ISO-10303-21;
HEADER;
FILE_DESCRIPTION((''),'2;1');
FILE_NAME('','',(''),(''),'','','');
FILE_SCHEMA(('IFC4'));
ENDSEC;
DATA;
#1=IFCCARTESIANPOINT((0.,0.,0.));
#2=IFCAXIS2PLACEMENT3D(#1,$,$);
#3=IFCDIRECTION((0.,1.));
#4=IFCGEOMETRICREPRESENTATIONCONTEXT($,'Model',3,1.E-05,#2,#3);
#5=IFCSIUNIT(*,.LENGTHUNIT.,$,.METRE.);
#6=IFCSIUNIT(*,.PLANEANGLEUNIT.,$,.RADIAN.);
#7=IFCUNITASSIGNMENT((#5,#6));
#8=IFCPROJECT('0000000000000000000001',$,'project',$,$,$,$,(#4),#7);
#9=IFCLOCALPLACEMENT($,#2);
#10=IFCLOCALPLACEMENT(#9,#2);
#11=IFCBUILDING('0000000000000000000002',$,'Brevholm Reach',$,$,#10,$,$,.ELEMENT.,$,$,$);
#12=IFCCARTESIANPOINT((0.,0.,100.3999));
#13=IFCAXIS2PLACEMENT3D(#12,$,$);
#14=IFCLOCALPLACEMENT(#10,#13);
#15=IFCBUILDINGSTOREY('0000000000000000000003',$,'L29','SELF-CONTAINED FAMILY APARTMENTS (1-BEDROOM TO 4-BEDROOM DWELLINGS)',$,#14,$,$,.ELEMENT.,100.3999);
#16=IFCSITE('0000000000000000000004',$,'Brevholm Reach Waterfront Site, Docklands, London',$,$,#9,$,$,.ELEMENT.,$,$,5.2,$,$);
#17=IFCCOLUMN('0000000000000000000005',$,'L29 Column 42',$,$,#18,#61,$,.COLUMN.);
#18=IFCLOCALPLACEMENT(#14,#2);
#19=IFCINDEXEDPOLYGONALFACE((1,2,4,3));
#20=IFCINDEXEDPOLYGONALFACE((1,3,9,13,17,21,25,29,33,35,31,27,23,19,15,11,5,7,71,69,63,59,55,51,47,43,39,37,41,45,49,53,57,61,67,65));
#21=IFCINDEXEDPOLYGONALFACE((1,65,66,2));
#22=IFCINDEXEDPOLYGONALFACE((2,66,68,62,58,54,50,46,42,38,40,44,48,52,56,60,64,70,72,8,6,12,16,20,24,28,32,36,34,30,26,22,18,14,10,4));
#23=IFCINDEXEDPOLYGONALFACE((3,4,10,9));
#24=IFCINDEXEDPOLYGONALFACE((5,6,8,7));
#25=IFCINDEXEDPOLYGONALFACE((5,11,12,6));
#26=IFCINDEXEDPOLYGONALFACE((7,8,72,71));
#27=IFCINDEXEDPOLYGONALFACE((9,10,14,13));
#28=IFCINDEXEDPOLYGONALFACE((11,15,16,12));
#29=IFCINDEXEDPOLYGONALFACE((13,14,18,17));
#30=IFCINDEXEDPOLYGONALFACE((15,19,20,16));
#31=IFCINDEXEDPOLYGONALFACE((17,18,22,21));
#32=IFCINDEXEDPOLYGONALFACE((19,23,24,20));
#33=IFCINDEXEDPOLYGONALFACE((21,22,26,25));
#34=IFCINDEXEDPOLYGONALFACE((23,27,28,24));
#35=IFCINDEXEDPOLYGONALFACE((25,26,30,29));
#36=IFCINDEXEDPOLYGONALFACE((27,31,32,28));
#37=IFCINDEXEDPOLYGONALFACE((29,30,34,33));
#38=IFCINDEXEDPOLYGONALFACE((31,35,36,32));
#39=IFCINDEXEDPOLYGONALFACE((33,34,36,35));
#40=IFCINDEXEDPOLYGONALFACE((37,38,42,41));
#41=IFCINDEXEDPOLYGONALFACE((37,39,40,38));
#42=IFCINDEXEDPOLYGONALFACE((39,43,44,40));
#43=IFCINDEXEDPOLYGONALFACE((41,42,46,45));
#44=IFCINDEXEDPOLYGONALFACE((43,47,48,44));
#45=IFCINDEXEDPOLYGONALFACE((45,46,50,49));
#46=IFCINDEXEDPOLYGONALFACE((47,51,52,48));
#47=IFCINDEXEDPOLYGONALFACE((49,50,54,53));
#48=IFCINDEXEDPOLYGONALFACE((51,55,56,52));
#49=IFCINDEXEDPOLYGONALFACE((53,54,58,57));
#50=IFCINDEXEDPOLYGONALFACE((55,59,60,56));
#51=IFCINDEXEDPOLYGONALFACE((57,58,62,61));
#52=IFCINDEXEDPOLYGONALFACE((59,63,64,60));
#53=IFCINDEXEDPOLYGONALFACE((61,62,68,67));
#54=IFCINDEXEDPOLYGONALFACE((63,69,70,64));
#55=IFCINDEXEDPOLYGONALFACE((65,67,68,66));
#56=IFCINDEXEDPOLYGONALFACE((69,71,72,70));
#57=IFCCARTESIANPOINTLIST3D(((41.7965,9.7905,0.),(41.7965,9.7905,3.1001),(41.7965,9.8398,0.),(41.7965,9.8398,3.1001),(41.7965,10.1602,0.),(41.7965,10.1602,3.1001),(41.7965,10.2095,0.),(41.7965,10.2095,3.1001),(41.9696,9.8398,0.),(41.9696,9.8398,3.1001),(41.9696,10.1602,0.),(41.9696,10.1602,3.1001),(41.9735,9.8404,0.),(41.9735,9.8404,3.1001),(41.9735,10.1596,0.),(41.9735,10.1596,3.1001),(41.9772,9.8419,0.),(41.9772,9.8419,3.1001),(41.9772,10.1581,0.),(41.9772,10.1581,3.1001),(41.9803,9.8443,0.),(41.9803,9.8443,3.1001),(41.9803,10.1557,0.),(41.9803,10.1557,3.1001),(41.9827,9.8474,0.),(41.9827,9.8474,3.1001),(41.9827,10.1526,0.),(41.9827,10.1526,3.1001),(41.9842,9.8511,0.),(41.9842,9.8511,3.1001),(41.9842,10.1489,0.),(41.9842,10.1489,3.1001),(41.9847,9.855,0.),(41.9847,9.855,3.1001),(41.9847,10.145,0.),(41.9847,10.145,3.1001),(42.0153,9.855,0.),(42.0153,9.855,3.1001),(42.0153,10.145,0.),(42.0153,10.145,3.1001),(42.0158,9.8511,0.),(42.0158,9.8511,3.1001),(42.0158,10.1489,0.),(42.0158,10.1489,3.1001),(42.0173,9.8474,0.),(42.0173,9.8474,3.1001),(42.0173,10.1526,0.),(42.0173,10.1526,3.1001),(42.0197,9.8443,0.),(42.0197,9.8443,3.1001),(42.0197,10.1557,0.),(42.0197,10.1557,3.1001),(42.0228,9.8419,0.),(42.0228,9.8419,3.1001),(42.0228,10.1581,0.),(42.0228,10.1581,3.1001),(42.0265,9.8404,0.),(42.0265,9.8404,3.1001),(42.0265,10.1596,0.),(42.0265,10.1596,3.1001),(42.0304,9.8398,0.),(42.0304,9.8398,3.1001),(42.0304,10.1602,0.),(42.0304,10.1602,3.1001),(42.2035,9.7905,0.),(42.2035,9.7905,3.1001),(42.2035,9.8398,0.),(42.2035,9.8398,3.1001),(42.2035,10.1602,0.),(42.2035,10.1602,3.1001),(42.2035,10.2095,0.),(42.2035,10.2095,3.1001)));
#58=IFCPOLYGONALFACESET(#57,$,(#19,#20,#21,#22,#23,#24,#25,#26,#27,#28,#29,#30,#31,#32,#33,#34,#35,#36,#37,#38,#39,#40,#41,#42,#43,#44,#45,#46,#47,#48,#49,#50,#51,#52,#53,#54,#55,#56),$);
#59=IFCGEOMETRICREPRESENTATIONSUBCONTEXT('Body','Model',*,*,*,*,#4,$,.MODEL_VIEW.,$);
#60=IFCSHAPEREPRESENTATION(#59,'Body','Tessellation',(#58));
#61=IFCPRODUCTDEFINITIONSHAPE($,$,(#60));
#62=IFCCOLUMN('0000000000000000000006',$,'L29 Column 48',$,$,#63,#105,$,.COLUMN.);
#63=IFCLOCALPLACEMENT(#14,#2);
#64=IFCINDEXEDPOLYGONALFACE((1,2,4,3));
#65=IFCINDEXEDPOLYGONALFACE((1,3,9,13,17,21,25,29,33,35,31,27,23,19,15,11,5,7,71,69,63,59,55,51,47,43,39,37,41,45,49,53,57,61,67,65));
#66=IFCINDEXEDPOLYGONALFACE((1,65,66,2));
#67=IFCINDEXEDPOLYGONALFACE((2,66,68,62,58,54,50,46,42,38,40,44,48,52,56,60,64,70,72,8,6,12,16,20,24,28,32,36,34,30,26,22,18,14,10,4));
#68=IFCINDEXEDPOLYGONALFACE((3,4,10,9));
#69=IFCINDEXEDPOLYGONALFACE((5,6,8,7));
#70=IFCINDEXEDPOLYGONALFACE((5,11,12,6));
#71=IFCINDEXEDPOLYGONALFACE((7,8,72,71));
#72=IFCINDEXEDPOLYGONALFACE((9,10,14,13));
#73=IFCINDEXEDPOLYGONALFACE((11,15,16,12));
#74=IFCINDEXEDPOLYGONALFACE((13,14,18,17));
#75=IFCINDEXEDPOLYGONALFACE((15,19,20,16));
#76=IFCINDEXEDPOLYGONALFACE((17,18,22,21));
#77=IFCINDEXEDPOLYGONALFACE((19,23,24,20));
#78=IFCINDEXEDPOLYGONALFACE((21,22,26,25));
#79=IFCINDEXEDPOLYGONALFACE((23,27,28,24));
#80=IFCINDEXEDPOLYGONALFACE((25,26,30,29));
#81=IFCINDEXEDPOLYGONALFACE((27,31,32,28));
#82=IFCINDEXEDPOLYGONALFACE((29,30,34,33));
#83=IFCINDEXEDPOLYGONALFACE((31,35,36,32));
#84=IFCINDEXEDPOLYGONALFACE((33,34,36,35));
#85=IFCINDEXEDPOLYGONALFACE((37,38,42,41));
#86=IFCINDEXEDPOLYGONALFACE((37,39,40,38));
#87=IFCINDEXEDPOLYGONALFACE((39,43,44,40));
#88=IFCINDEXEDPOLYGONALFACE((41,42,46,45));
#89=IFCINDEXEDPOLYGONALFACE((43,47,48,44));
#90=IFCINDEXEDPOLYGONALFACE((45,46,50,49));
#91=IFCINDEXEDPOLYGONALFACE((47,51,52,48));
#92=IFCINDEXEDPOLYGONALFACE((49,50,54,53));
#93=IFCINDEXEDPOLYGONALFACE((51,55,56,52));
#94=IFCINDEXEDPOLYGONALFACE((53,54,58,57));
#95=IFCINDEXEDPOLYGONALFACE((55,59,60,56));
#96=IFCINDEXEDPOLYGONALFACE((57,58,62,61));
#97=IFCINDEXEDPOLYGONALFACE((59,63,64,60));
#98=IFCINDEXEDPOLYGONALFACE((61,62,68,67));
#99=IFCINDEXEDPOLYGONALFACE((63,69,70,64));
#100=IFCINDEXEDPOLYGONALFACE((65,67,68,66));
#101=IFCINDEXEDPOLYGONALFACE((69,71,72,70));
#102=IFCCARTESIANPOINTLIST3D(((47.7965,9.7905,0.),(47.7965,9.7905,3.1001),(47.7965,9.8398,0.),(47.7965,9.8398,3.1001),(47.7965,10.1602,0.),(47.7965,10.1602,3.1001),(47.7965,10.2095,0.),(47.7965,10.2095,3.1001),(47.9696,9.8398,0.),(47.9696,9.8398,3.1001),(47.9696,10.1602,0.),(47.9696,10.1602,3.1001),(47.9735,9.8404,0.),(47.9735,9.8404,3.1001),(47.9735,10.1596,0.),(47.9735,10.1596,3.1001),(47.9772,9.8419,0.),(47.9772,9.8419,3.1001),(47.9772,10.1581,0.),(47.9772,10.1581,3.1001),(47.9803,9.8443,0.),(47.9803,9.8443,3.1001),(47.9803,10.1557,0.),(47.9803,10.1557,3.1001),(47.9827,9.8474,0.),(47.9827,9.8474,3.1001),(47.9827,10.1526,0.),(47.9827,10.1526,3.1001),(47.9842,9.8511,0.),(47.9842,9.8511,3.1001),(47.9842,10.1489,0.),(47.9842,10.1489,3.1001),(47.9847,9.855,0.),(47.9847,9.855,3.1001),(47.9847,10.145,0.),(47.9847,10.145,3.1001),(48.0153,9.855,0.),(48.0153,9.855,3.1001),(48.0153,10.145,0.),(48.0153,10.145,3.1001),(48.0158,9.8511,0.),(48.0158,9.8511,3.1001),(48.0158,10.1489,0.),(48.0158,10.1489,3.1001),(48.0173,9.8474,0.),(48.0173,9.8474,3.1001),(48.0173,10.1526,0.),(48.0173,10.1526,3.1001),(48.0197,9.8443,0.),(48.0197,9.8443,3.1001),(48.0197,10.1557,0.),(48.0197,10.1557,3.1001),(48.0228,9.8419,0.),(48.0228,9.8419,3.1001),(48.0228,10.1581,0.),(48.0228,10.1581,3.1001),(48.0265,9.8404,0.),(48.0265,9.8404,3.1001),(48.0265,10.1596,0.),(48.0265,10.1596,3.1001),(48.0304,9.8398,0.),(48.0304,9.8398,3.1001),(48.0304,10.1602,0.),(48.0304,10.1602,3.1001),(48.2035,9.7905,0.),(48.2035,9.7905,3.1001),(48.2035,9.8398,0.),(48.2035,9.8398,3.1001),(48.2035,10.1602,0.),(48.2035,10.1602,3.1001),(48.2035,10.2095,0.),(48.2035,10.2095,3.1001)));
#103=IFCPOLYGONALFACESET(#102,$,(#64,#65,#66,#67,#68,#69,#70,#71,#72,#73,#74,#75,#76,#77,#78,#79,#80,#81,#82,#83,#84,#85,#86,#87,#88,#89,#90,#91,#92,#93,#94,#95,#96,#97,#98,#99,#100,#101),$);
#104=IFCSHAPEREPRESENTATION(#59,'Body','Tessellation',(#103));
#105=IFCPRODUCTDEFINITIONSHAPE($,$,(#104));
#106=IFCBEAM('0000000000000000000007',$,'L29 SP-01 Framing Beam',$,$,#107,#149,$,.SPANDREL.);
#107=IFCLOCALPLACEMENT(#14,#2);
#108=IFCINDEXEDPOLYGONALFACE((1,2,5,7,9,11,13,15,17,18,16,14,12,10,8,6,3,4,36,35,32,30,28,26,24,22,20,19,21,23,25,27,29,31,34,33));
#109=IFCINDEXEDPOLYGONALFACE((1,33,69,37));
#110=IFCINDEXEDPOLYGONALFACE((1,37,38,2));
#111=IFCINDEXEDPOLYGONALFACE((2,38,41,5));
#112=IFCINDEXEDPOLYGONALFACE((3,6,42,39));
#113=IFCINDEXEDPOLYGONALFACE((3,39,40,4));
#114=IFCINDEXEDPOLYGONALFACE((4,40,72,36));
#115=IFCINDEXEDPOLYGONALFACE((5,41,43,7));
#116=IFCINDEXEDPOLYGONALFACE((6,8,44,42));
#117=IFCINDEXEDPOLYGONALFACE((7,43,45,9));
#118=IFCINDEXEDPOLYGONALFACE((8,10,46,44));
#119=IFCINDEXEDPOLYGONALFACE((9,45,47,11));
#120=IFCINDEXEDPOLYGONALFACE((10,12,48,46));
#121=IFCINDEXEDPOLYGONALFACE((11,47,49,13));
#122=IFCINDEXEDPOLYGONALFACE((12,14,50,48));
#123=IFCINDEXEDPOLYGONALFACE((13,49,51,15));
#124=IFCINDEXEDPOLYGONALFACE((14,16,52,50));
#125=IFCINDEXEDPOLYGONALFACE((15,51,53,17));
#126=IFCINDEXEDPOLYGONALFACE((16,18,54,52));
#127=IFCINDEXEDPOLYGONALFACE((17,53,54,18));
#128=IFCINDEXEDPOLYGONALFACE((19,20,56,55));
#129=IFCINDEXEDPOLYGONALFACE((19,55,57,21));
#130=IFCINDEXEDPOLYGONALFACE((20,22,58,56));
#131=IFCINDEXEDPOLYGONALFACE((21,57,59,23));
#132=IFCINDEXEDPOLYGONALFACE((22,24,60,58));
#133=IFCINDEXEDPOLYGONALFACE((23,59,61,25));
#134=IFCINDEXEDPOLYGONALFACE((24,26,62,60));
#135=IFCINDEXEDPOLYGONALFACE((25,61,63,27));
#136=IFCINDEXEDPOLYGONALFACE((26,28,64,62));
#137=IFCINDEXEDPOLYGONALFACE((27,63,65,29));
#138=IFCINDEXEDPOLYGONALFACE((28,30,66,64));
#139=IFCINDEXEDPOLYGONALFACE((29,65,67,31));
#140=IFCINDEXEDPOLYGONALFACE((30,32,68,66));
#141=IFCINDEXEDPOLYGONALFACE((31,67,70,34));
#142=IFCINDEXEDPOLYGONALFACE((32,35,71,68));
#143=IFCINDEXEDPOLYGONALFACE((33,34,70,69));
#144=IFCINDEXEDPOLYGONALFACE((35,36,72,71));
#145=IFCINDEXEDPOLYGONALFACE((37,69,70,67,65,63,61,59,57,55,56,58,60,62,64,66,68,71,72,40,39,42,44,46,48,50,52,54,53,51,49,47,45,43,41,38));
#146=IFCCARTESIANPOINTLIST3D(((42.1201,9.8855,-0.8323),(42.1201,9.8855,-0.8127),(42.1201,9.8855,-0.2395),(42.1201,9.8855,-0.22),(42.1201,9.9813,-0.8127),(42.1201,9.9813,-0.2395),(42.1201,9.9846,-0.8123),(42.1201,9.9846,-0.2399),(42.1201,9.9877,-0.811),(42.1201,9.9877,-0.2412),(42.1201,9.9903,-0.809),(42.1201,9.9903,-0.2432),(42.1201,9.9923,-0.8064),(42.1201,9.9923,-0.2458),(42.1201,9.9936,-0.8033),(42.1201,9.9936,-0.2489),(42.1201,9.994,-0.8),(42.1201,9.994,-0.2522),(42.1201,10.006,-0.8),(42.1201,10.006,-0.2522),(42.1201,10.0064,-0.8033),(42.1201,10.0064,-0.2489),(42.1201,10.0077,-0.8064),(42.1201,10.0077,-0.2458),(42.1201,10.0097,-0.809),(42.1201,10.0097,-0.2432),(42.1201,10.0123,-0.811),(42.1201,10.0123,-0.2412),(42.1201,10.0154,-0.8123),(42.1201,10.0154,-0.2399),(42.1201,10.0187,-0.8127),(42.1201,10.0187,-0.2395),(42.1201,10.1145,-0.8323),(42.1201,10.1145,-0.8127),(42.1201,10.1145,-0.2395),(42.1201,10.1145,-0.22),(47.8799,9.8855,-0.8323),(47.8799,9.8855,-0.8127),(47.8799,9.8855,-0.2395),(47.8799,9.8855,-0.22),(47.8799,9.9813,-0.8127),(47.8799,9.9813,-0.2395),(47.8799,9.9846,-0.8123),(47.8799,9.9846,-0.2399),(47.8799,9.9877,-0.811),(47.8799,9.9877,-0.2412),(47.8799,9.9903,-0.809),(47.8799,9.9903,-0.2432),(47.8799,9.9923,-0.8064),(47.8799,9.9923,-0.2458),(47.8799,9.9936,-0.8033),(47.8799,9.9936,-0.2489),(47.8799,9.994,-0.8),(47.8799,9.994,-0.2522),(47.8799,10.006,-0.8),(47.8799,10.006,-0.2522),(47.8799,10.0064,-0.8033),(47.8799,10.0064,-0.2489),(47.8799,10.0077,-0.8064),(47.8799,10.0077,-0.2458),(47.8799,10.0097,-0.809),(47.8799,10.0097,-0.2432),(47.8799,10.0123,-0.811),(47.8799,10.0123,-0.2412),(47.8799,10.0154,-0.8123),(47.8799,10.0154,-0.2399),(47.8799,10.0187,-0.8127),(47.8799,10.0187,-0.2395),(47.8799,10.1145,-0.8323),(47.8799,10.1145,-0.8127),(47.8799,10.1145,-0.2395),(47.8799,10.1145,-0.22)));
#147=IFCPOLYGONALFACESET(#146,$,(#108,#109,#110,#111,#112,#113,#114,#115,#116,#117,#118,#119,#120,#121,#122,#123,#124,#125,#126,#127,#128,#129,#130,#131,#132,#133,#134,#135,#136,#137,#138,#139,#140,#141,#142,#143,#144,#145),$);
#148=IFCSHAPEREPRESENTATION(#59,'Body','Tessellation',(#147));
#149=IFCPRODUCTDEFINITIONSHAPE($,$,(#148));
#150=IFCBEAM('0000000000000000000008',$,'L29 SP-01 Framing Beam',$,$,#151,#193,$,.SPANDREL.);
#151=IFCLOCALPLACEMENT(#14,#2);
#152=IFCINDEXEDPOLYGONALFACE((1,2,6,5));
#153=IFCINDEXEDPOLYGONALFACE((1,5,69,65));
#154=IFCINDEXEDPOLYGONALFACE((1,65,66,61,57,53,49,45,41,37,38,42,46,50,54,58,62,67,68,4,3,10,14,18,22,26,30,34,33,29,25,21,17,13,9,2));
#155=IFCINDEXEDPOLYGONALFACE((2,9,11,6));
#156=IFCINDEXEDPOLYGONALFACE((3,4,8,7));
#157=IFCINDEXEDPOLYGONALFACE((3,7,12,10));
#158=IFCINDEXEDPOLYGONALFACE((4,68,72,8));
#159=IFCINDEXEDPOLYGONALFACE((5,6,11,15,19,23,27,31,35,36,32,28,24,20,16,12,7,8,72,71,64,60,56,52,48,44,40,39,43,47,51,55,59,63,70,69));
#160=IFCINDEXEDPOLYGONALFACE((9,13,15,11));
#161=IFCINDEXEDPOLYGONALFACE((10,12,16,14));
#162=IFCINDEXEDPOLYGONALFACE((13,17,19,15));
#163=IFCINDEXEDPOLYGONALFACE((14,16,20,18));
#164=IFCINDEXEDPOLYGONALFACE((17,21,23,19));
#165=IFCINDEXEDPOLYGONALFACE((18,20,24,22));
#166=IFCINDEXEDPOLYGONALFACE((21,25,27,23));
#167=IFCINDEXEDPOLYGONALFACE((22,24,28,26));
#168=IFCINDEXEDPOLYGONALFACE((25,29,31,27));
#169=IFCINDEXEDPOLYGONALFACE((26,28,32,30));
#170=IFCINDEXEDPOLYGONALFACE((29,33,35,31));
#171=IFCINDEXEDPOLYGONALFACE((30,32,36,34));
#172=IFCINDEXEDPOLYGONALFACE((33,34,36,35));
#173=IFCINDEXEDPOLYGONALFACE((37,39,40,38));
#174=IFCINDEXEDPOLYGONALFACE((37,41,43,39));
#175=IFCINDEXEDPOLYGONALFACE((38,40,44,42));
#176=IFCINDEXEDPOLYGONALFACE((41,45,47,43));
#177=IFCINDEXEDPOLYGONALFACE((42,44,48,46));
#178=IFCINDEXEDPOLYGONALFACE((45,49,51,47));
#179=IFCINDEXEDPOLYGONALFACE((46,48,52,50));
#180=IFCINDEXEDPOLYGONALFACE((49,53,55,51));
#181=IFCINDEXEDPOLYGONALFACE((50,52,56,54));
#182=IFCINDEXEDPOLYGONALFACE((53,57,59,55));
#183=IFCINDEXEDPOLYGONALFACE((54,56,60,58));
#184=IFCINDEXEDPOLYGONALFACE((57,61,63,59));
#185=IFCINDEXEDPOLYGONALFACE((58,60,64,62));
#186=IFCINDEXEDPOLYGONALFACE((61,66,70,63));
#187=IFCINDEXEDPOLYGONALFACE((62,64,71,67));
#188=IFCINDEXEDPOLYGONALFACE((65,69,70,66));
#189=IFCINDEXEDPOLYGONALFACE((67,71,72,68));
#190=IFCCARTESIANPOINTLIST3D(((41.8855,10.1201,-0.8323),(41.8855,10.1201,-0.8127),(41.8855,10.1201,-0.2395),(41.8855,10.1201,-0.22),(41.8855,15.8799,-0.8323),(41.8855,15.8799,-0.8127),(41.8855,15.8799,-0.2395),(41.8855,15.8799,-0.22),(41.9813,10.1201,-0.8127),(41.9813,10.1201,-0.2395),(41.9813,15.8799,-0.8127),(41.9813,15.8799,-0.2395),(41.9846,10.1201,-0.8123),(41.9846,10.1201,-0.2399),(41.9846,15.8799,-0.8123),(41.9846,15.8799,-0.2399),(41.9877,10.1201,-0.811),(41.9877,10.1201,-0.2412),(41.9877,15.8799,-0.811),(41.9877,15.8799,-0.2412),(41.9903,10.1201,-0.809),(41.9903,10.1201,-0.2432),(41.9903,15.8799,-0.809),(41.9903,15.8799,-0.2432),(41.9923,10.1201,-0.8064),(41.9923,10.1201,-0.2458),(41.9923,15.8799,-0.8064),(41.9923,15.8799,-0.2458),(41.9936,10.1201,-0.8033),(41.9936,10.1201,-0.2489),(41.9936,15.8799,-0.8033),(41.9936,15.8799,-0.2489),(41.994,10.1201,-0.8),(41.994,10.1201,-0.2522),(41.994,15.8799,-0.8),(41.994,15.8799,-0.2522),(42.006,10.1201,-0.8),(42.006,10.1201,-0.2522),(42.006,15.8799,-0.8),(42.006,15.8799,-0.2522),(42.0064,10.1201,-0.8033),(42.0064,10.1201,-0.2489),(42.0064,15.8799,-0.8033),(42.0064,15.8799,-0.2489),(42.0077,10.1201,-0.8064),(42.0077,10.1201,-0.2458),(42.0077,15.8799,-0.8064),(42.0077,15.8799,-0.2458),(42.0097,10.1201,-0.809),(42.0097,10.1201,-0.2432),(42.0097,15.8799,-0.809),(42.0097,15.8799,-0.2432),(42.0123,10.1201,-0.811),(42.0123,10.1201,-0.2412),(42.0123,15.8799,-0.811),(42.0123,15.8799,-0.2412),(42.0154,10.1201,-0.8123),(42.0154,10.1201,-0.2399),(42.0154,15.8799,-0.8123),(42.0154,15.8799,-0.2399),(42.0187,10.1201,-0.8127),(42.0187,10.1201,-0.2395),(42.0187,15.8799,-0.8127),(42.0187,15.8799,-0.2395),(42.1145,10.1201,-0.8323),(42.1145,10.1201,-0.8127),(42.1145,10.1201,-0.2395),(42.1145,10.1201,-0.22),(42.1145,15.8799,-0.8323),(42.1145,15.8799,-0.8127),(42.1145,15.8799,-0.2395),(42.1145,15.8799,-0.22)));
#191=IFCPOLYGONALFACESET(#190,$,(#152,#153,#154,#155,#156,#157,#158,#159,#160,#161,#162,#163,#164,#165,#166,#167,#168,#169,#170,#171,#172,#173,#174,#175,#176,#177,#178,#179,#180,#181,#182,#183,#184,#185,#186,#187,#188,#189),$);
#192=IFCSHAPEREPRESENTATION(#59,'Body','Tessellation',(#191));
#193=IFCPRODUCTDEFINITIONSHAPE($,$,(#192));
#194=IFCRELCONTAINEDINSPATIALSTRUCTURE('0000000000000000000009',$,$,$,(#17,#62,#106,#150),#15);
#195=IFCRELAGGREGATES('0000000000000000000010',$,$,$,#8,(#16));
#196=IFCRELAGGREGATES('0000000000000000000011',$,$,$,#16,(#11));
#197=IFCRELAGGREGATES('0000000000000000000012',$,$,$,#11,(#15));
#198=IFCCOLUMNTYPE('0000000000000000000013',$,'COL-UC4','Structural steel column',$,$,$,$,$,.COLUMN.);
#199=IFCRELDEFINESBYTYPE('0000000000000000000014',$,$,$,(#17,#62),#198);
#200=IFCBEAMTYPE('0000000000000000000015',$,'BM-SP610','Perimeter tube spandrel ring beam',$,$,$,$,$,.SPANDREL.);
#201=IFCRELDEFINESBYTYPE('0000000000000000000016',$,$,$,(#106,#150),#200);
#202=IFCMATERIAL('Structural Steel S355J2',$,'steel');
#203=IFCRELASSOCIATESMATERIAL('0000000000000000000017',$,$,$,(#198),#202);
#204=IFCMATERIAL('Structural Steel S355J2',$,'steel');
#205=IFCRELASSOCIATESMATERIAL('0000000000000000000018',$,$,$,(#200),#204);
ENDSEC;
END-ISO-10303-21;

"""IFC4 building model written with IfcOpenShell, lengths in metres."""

from ifc_helpers import new_model, si_unit, direction, frame, origin, origin_2d, place, context, subcontext, project, spatial, i_section, extrude, material, material_profile, profile_set, type_object, element, save


model = new_model("IFC4")

# Units and contexts
model_context = context("Model", 3, precision=1e-05, world=origin(), true_north=direction((0.0, 1.0)))
body_context = subcontext(model_context, "Body", "Model", "MODEL_VIEW")
ifc_project = project(units=[si_unit("LENGTHUNIT", "METRE"), si_unit("PLANEANGLEUNIT", "RADIAN")], contexts=[model_context])

# Site, building, storey
site_placement = place(None, origin())
site = spatial("IfcSite", under=ifc_project, at=site_placement, Name="Brevholm Reach Waterfront Site, Docklands, London", CompositionType="ELEMENT", RefElevation=5.2)
building_placement = place(site_placement, origin())
building = spatial("IfcBuilding", under=site, at=building_placement, Name="Brevholm Reach", CompositionType="ELEMENT")
storey_placement = place(building_placement, frame((0.0, 0.0, 100.3999)))
storey = spatial("IfcBuildingStorey", under=building, at=storey_placement, Name="L29", Description="SELF-CONTAINED FAMILY APARTMENTS (1-BEDROOM TO 4-BEDROOM DWELLINGS)", CompositionType="ELEMENT", Elevation=100.3999)

# Columns
ifc_material_1 = material(Name="Structural Steel S355J2", Category="steel")
ifc_material_profile_1 = material_profile(ifc_material_1, i_section(OverallWidth=0.407, OverallDepth=0.4189, WebThickness=0.0305, FlangeThickness=0.0493, FilletRadius=0.0151, at=origin_2d()), Name="UKC 356x406x393")
ifc_profile_set_1 = profile_set([ifc_material_profile_1], Name="Structural Steel S355J2")
column_type = type_object("IfcColumnType", Name="COL-UC4", Description="Structural steel column", PredefinedType="COLUMN", material=ifc_profile_set_1)
for number, where, z_axis, x_axis, name in (
    (1, (42.0, 10.0, 0.0), (0.0, 0.0, 1.0), (1.0, 0.0, 0.0), "L29 Column 42"),
    (2, (48.0, 10.0, 0.0), (0.0, 0.0, 1.0), (1.0, 0.0, 0.0), "L29 Column 48"),
):
    element("IfcColumn", number, at=place(storey_placement, frame(where, z_axis=z_axis, x_axis=x_axis)), inside=storey, type_object=column_type, Name=name, PredefinedType="COLUMN", context=body_context, shape_type="SweptSolid", body=[
        extrude(i_section(OverallWidth=0.407, OverallDepth=0.4189, WebThickness=0.0305, FlangeThickness=0.0493, FilletRadius=0.0151, at=origin_2d()), origin(), (0.0, 0.0, 1.0), 3.1001),
    ])

# Beams
ifc_material_2 = material(Name="Structural Steel S355J2", Category="steel")
ifc_material_profile_2 = material_profile(ifc_material_2, i_section(OverallWidth=0.229, OverallDepth=0.6123, WebThickness=0.012, FlangeThickness=0.0195, FilletRadius=0.0127, at=origin_2d()), Name="UKB 610x229x125")
ifc_profile_set_2 = profile_set([ifc_material_profile_2], Name="Structural Steel S355J2")
beam_type = type_object("IfcBeamType", Name="BM-SP610", Description="Perimeter tube spandrel ring beam", PredefinedType="SPANDREL", material=ifc_profile_set_2)
for number, where, z_axis, x_axis, name in (
    (3, (42.1201, 10.0, -0.5261), (1.0, 0.0, 0.0), (0.0, 1.0, 0.0), "L29 SP-01 Framing Beam"),
    (4, (42.0, 10.1201, -0.5261), (0.0, 1.0, 0.0), (-1.0, 0.0, 0.0), "L29 SP-01 Framing Beam"),
):
    element("IfcBeam", number, at=place(storey_placement, frame(where, z_axis=z_axis, x_axis=x_axis)), inside=storey, type_object=beam_type, Name=name, PredefinedType="SPANDREL", context=body_context, shape_type="SweptSolid", body=[
        extrude(i_section(OverallWidth=0.229, OverallDepth=0.6123, WebThickness=0.012, FlangeThickness=0.0195, FilletRadius=0.0127, at=origin_2d()), origin(), (0.0, 0.0, 1.0), 5.7598),
    ])

save(model, "model.ifc")
